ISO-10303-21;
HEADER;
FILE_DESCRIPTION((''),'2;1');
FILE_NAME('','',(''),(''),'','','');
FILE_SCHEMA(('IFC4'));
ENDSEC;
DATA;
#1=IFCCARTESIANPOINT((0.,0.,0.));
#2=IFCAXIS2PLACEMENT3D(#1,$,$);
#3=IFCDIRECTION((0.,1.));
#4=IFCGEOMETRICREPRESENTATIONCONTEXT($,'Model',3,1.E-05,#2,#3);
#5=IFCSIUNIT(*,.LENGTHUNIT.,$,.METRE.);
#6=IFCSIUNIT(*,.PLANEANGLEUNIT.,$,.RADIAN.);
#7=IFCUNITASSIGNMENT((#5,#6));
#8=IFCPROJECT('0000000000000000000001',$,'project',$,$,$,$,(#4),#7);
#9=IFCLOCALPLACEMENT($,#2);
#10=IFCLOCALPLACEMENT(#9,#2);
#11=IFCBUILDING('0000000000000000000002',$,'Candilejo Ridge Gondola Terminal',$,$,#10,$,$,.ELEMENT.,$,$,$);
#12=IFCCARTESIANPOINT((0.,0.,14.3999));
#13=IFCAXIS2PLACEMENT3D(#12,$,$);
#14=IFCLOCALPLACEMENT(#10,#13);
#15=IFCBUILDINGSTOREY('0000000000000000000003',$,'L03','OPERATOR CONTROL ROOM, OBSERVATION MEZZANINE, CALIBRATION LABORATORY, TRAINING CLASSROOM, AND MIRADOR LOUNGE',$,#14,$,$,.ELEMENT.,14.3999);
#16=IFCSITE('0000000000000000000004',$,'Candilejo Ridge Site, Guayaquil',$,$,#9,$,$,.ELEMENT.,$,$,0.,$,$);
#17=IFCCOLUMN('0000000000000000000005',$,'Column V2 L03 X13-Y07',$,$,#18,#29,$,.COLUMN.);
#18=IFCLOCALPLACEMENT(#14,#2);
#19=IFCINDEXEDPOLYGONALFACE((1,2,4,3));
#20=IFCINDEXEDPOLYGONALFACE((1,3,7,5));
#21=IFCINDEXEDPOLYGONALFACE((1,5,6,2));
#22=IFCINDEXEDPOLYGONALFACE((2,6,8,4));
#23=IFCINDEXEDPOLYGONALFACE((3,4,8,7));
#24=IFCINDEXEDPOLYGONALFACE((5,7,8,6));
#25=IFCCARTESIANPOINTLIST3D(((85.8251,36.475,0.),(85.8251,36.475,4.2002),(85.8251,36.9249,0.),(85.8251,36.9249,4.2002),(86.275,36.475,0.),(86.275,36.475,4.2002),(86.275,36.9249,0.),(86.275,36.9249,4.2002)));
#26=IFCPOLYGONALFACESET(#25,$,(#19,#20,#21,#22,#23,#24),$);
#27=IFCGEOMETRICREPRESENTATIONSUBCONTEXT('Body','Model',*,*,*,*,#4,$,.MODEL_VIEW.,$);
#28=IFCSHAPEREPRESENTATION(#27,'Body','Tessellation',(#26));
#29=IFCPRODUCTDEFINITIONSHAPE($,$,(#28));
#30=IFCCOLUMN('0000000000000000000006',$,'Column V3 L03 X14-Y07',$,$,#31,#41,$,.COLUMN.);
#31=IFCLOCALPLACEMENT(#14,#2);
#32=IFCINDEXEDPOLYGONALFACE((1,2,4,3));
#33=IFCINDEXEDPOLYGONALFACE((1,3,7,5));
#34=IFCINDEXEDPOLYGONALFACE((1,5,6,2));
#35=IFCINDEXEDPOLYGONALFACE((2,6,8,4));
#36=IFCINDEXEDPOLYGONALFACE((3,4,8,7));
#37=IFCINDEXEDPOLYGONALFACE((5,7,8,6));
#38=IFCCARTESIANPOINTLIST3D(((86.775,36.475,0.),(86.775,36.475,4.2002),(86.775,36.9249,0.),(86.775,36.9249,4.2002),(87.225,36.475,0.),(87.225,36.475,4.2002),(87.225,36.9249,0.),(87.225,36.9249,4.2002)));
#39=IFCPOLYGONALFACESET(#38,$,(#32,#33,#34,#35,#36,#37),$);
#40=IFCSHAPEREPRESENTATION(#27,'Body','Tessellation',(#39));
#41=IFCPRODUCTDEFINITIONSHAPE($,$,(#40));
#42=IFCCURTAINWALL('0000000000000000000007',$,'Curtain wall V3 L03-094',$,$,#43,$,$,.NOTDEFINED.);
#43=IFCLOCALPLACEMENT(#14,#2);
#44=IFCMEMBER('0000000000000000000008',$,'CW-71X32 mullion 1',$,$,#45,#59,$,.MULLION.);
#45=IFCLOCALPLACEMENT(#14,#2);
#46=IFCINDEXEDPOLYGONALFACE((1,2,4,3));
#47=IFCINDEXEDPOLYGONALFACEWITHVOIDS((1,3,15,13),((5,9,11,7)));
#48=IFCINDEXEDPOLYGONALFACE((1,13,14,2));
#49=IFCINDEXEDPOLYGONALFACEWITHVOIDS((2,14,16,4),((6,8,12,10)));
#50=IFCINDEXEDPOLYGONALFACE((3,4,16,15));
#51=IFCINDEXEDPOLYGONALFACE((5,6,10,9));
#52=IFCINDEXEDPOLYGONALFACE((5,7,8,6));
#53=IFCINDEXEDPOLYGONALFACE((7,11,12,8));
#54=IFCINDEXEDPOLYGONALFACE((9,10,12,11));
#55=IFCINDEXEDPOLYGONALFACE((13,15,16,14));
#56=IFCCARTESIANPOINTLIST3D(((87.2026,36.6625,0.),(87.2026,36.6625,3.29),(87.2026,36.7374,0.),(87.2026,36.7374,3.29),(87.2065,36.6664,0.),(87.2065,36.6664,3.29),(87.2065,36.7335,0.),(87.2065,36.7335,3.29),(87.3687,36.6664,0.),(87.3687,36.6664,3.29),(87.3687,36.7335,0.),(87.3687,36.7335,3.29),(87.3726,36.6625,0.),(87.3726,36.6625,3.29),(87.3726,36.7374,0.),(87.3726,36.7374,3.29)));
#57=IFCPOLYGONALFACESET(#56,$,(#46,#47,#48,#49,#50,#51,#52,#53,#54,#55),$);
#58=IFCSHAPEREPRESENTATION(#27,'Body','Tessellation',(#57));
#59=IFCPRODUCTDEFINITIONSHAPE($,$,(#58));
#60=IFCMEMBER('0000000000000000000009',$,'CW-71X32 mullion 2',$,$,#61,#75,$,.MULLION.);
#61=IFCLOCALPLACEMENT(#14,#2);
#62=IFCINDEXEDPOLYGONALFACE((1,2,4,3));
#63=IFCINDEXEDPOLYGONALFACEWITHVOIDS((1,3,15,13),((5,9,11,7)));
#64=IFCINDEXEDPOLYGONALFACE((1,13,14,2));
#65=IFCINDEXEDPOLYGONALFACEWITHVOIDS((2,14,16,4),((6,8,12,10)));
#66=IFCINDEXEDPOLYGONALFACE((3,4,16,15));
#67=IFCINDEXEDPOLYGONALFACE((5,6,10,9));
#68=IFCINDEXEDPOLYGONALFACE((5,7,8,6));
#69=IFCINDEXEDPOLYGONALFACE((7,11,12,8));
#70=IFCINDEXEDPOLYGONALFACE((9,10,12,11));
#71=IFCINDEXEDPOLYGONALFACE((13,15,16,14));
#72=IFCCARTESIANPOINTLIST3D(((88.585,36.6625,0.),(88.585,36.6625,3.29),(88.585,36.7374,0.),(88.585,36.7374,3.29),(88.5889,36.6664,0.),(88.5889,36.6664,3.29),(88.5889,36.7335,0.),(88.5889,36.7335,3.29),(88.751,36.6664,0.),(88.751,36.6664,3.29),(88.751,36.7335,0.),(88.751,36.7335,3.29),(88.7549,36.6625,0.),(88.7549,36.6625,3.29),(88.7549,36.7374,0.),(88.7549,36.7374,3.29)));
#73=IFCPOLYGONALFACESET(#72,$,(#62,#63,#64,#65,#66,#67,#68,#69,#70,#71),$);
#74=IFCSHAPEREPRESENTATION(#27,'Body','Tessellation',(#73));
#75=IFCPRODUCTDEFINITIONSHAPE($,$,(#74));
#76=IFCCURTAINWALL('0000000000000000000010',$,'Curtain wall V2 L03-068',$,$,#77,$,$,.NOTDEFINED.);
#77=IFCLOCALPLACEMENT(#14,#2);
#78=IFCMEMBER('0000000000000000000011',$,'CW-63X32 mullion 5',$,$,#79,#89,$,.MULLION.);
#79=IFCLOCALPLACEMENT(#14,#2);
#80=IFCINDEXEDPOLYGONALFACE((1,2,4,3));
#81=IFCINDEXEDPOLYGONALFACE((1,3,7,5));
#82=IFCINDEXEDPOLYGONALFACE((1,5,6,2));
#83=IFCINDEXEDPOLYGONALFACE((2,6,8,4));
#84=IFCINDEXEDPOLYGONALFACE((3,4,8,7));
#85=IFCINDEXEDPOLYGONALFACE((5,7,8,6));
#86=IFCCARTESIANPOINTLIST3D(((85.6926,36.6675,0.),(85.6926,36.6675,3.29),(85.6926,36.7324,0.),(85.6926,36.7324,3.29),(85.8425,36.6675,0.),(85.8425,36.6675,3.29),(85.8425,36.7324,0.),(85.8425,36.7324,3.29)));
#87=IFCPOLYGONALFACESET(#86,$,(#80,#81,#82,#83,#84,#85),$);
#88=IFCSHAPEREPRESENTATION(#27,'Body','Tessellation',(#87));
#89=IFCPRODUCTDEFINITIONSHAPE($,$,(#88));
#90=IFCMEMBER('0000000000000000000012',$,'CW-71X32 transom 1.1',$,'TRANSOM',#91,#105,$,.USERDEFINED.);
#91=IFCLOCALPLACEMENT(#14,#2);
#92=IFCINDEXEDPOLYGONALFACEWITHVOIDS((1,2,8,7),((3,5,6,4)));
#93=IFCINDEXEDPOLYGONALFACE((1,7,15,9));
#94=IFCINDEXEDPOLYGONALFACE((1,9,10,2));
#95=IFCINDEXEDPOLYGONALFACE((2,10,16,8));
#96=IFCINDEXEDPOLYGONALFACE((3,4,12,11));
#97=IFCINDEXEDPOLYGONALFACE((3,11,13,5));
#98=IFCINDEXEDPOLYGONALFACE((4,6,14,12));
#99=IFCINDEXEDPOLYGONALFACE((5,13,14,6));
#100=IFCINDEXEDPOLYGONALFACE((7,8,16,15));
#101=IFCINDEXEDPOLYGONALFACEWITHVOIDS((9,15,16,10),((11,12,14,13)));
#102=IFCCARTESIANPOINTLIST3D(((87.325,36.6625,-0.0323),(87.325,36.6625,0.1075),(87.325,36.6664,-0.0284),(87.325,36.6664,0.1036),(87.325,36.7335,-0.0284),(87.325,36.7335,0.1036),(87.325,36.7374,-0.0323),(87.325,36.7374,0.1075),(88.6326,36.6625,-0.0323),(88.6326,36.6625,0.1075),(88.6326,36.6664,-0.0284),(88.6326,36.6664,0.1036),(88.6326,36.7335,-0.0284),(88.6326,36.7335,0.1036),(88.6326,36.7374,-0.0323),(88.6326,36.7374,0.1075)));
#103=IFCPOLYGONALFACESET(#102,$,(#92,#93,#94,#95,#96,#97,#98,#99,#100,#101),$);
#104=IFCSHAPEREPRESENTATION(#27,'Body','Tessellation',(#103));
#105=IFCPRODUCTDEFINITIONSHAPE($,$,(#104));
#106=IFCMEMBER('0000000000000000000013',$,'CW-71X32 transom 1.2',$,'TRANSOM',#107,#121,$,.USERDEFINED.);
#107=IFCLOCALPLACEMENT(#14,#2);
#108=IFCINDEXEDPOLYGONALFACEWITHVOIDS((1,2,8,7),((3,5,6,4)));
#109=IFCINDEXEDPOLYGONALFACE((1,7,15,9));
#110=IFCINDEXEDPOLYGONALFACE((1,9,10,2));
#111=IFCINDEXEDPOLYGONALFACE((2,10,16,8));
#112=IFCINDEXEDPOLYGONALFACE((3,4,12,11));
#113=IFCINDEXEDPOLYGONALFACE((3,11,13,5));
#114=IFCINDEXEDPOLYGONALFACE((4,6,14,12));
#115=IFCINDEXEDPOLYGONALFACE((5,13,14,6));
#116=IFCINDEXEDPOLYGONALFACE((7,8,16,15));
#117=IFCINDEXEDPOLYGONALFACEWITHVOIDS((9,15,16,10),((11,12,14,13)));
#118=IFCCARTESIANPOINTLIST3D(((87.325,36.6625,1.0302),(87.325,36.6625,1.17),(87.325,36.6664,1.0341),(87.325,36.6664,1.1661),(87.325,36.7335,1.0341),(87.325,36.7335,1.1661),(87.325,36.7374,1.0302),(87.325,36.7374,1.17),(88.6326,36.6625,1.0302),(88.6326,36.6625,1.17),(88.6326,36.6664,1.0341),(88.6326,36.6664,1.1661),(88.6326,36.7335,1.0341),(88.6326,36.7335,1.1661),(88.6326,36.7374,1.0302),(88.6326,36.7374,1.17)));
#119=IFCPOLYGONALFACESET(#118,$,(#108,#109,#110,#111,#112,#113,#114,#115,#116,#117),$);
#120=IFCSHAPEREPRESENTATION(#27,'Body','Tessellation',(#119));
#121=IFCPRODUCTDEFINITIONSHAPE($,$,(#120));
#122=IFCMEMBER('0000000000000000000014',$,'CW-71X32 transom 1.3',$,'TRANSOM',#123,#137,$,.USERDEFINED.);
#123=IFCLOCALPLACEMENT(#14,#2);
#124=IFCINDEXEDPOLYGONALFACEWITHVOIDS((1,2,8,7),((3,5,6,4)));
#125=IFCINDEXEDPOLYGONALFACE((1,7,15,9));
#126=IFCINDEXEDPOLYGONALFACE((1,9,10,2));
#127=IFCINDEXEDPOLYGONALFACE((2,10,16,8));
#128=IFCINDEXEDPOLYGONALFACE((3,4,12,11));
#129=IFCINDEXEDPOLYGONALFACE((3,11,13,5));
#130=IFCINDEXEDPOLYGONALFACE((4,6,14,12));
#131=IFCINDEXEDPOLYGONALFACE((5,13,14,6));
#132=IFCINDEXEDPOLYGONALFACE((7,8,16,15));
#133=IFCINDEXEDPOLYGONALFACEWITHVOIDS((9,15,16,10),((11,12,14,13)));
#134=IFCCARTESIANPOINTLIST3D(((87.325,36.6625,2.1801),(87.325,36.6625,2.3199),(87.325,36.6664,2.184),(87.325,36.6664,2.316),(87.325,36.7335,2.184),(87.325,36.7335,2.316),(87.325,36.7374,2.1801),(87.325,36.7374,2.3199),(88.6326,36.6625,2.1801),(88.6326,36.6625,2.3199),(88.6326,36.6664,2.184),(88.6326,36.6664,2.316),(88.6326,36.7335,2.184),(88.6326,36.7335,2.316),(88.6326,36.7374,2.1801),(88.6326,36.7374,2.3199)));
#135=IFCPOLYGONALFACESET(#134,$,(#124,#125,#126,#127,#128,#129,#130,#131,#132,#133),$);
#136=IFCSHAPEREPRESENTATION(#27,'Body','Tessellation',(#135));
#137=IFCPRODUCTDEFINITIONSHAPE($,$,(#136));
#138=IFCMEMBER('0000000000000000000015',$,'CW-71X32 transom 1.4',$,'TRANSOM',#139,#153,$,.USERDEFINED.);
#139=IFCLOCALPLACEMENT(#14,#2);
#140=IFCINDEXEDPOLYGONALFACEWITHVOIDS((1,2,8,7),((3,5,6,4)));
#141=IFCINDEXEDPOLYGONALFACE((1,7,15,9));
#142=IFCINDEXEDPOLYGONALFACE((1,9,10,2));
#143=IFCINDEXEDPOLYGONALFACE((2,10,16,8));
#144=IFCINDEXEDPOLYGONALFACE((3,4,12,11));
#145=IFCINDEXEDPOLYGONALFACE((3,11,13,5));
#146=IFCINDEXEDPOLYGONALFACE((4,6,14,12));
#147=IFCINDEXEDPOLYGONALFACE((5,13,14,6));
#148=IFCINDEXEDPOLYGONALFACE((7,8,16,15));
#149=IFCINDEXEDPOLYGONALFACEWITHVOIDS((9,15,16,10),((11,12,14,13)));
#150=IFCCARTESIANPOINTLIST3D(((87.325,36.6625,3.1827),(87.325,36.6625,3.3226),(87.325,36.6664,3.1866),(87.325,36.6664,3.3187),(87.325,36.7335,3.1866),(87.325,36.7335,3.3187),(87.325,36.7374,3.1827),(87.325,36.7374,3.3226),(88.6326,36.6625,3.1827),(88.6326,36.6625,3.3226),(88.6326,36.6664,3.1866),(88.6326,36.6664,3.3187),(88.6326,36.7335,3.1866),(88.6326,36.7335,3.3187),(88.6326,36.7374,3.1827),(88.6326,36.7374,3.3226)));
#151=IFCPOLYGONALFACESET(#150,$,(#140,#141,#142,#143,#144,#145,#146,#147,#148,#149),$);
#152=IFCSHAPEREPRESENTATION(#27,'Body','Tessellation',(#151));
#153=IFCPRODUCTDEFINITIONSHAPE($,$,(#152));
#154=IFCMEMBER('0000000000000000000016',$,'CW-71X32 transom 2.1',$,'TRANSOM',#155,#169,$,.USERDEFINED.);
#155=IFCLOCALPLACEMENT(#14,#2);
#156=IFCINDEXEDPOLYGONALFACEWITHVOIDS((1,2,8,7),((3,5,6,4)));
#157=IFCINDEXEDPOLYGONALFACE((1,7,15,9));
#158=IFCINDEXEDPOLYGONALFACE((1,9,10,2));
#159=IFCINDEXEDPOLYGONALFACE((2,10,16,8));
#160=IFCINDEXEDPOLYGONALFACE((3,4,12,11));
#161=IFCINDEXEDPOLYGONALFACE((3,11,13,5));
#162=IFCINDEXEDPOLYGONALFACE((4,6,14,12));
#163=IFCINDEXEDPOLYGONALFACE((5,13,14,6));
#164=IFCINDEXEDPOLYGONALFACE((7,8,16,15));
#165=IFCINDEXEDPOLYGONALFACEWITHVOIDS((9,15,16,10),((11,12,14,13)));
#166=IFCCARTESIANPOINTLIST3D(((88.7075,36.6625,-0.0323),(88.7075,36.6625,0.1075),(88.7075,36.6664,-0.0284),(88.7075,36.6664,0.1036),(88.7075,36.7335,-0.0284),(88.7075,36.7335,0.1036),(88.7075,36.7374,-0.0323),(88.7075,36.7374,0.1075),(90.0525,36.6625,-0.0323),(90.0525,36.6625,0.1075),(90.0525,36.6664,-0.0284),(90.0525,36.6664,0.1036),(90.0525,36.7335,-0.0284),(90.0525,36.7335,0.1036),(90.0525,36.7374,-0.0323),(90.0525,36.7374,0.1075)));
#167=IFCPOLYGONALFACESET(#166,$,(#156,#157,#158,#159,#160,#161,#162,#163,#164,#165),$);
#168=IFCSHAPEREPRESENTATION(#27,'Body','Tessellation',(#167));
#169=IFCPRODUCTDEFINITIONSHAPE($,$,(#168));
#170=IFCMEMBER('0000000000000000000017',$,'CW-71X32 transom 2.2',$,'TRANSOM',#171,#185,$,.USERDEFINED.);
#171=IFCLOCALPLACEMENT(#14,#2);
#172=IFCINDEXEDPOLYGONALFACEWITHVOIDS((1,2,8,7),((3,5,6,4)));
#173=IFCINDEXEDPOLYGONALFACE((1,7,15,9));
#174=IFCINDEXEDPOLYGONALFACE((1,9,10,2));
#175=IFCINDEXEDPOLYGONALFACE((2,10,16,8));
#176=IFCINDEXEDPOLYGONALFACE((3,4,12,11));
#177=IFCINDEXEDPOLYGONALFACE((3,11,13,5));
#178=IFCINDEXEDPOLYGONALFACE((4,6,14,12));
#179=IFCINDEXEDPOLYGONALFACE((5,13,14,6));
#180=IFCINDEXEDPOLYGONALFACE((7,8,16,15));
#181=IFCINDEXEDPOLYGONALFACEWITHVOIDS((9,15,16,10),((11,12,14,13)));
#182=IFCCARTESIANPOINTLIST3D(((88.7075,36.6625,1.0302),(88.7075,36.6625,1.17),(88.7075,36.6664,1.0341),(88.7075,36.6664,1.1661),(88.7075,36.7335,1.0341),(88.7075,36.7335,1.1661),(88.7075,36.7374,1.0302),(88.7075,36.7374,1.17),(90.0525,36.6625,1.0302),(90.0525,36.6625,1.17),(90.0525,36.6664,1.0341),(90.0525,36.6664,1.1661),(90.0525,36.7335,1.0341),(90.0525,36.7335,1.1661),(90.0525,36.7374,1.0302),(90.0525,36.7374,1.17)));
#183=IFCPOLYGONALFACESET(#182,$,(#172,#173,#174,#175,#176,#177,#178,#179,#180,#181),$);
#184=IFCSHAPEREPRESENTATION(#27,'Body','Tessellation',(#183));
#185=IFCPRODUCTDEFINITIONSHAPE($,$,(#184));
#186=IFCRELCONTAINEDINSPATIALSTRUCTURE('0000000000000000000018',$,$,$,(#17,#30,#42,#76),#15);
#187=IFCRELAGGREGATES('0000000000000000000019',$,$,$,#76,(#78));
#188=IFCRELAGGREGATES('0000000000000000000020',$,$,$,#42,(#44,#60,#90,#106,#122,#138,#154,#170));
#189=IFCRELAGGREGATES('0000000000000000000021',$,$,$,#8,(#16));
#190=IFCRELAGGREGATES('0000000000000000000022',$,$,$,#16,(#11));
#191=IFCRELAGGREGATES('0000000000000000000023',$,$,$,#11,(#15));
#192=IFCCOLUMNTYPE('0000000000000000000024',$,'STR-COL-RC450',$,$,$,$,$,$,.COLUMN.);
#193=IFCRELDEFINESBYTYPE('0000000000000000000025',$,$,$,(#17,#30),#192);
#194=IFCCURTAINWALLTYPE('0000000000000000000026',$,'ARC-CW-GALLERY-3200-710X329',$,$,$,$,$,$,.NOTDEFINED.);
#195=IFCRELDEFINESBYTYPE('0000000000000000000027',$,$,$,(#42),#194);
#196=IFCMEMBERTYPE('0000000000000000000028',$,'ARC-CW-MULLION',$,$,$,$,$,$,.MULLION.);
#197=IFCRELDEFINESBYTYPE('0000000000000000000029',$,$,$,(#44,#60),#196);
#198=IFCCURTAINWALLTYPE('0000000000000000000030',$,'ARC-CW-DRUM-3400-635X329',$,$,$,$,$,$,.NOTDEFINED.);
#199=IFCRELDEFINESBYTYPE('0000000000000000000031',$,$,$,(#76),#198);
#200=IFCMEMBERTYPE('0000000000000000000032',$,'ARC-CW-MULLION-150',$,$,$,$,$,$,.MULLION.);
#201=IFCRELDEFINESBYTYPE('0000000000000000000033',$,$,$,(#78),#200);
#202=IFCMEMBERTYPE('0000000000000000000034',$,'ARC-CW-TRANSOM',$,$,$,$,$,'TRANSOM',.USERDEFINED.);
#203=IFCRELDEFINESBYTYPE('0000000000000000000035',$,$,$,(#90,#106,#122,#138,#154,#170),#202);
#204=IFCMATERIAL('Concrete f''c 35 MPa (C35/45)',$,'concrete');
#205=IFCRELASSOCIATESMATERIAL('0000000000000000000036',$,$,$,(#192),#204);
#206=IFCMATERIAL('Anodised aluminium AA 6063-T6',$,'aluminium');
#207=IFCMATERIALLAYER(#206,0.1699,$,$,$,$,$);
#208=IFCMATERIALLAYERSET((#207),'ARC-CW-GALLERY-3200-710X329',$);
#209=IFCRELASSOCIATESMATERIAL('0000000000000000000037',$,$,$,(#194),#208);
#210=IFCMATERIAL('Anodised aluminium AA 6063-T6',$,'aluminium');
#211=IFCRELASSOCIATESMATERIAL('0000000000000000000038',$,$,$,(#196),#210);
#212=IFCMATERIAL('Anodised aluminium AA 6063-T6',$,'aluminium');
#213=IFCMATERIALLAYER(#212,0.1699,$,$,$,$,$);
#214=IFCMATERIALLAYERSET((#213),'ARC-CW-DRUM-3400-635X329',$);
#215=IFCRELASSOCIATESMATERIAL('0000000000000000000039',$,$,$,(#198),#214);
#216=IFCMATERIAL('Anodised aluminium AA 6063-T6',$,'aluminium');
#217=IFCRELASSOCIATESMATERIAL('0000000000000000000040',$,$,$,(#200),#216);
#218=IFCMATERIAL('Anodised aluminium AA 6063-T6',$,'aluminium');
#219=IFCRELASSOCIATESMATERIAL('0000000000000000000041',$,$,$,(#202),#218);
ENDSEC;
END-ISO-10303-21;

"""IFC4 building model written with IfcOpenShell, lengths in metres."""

from ifc_helpers import new_model, si_unit, direction, frame, origin, origin_2d, place, context, subcontext, project, spatial, rectangle, hollow_rectangle, extrude, material, layer, layer_set, material_profile, profile_set, type_object, element, aggregate, save


model = new_model("IFC4")

# Units and contexts
model_context = context("Model", 3, precision=1e-05, world=origin(), true_north=direction((0.0, 1.0)))
body_context = subcontext(model_context, "Body", "Model", "MODEL_VIEW")
ifc_project = project(units=[si_unit("LENGTHUNIT", "METRE"), si_unit("PLANEANGLEUNIT", "RADIAN")], contexts=[model_context])

# Site, building, storey
site_placement = place(None, origin())
site = spatial("IfcSite", under=ifc_project, at=site_placement, Name="Candilejo Ridge Site, Guayaquil", CompositionType="ELEMENT", RefElevation=0.0)
building_placement = place(site_placement, origin())
building = spatial("IfcBuilding", under=site, at=building_placement, Name="Candilejo Ridge Gondola Terminal", CompositionType="ELEMENT")
storey_placement = place(building_placement, frame((0.0, 0.0, 14.3999)))
storey = spatial("IfcBuildingStorey", under=building, at=storey_placement, Name="L03", Description="OPERATOR CONTROL ROOM, OBSERVATION MEZZANINE, CALIBRATION LABORATORY, TRAINING CLASSROOM, AND MIRADOR LOUNGE", CompositionType="ELEMENT", Elevation=14.3999)

# Columns
ifc_material_1 = material(Name="Concrete f'c 35 MPa (C35/45)", Category="concrete")
ifc_material_profile_1 = material_profile(ifc_material_1, rectangle(XDim=0.45, YDim=0.45, at=origin_2d()))
ifc_profile_set_1 = profile_set([ifc_material_profile_1], Name="Concrete f'c 35 MPa (C35/45)")
column_type = type_object("IfcColumnType", Name="STR-COL-RC450", PredefinedType="COLUMN", material=ifc_profile_set_1)
for number, where, z_axis, x_axis, name in (
    (1, (86.05, 36.7, 0.0), (0.0, 0.0, 1.0), (1.0, 0.0, 0.0), "Column V2 L03 X13-Y07"),
    (2, (87.0, 36.7, 0.0), (0.0, 0.0, 1.0), (1.0, 0.0, 0.0), "Column V3 L03 X14-Y07"),
):
    element("IfcColumn", number, at=place(storey_placement, frame(where, z_axis=z_axis, x_axis=x_axis)), inside=storey, type_object=column_type, Name=name, PredefinedType="COLUMN", context=body_context, shape_type="SweptSolid", body=[
        extrude(rectangle(XDim=0.45, YDim=0.45, at=origin_2d()), origin(), (0.0, 0.0, 1.0), 4.2002),
    ])

# Curtain wall, members
ifc_material_2 = material(Name="Anodised aluminium AA 6063-T6", Category="aluminium")
ifc_layer_1 = layer(ifc_material_2, 0.1699)
ifc_layer_set_1 = layer_set([ifc_layer_1], Name="ARC-CW-GALLERY-3200-710X329")
curtain_wall_type_1 = type_object("IfcCurtainWallType", Name="ARC-CW-GALLERY-3200-710X329", PredefinedType="NOTDEFINED", material=ifc_layer_set_1)
curtain_wall_1_placement = place(storey_placement, origin())
curtain_wall_1 = element("IfcCurtainWall", 3, at=curtain_wall_1_placement, inside=storey, type_object=curtain_wall_type_1, Name="Curtain wall V3 L03-094", PredefinedType="NOTDEFINED")
ifc_material_3 = material(Name="Anodised aluminium AA 6063-T6", Category="aluminium")
ifc_material_profile_2 = material_profile(ifc_material_3, hollow_rectangle(XDim=0.075, YDim=0.1699, WallThickness=0.0039, at=origin_2d()))
ifc_profile_set_2 = profile_set([ifc_material_profile_2], Name="Anodised aluminium AA 6063-T6")
member_type_1 = type_object("IfcMemberType", Name="ARC-CW-MULLION", PredefinedType="MULLION", material=ifc_profile_set_2)
member_1_placement = place(storey_placement, frame((87.2876, 36.7, 0.0), z_axis=(0.0, 0.0, 1.0), x_axis=(0.0, 1.0, 0.0)))
member_1 = element("IfcMember", 4, at=member_1_placement, type_object=member_type_1, Name="CW-71X32 mullion 1", PredefinedType="MULLION", context=body_context, shape_type="SweptSolid", body=[
    extrude(hollow_rectangle(XDim=0.075, YDim=0.1699, WallThickness=0.0039, at=origin_2d()), origin(), (0.0, 0.0, 1.0), 3.29),
])
member_2_placement = place(storey_placement, frame((88.6699, 36.7, 0.0), z_axis=(0.0, 0.0, 1.0), x_axis=(0.0, 1.0, 0.0)))
member_2 = element("IfcMember", 5, at=member_2_placement, type_object=member_type_1, Name="CW-71X32 mullion 2", PredefinedType="MULLION", context=body_context, shape_type="SweptSolid", body=[
    extrude(hollow_rectangle(XDim=0.075, YDim=0.1699, WallThickness=0.0039, at=origin_2d()), origin(), (0.0, 0.0, 1.0), 3.29),
])

# Curtain wall, member
ifc_material_4 = material(Name="Anodised aluminium AA 6063-T6", Category="aluminium")
ifc_layer_2 = layer(ifc_material_4, 0.1699)
ifc_layer_set_2 = layer_set([ifc_layer_2], Name="ARC-CW-DRUM-3400-635X329")
curtain_wall_type_2 = type_object("IfcCurtainWallType", Name="ARC-CW-DRUM-3400-635X329", PredefinedType="NOTDEFINED", material=ifc_layer_set_2)
curtain_wall_2_placement = place(storey_placement, origin())
curtain_wall_2 = element("IfcCurtainWall", 6, at=curtain_wall_2_placement, inside=storey, type_object=curtain_wall_type_2, Name="Curtain wall V2 L03-068", PredefinedType="NOTDEFINED")
ifc_material_5 = material(Name="Anodised aluminium AA 6063-T6", Category="aluminium")
ifc_material_profile_3 = material_profile(ifc_material_5, rectangle(XDim=0.0649, YDim=0.1499, at=origin_2d()))
ifc_profile_set_3 = profile_set([ifc_material_profile_3], Name="Anodised aluminium AA 6063-T6")
member_type_2 = type_object("IfcMemberType", Name="ARC-CW-MULLION-150", PredefinedType="MULLION", material=ifc_profile_set_3)
member_3_placement = place(storey_placement, frame((85.7676, 36.7, 0.0), z_axis=(0.0, 0.0, 1.0), x_axis=(0.0, 1.0, 0.0)))
member_3 = element("IfcMember", 7, at=member_3_placement, type_object=member_type_2, Name="CW-63X32 mullion 5", PredefinedType="MULLION", context=body_context, shape_type="SweptSolid", body=[
    extrude(rectangle(XDim=0.0649, YDim=0.1499, at=origin_2d()), origin(), (0.0, 0.0, 1.0), 3.29),
])
aggregate(curtain_wall_2, [member_3])

# Members
ifc_material_6 = material(Name="Anodised aluminium AA 6063-T6", Category="aluminium")
ifc_material_profile_4 = material_profile(ifc_material_6, hollow_rectangle(XDim=0.075, YDim=0.1399, WallThickness=0.0039, at=origin_2d()))
ifc_profile_set_4 = profile_set([ifc_material_profile_4], Name="Anodised aluminium AA 6063-T6")
member_type_3 = type_object("IfcMemberType", Name="ARC-CW-TRANSOM", ElementType="TRANSOM", PredefinedType="USERDEFINED", material=ifc_profile_set_4)
member_4_placement = place(storey_placement, frame((87.325, 36.7, 0.0376), z_axis=(1.0, 0.0, 0.0), x_axis=(0.0, 1.0, 0.0)))
member_4 = element("IfcMember", 8, at=member_4_placement, type_object=member_type_3, Name="CW-71X32 transom 1.1", ObjectType="TRANSOM", PredefinedType="USERDEFINED", context=body_context, shape_type="SweptSolid", body=[
    extrude(hollow_rectangle(XDim=0.075, YDim=0.1399, WallThickness=0.0039, at=origin_2d()), origin(), (0.0, 0.0, 1.0), 1.3076),
])
member_5_placement = place(storey_placement, frame((87.325, 36.7, 1.1001), z_axis=(1.0, 0.0, 0.0), x_axis=(0.0, 1.0, 0.0)))
member_5 = element("IfcMember", 9, at=member_5_placement, type_object=member_type_3, Name="CW-71X32 transom 1.2", ObjectType="TRANSOM", PredefinedType="USERDEFINED", context=body_context, shape_type="SweptSolid", body=[
    extrude(hollow_rectangle(XDim=0.075, YDim=0.1399, WallThickness=0.0039, at=origin_2d()), origin(), (0.0, 0.0, 1.0), 1.3076),
])
member_6_placement = place(storey_placement, frame((87.325, 36.7, 2.25), z_axis=(1.0, 0.0, 0.0), x_axis=(0.0, 1.0, 0.0)))
member_6 = element("IfcMember", 10, at=member_6_placement, type_object=member_type_3, Name="CW-71X32 transom 1.3", ObjectType="TRANSOM", PredefinedType="USERDEFINED", context=body_context, shape_type="SweptSolid", body=[
    extrude(hollow_rectangle(XDim=0.075, YDim=0.1399, WallThickness=0.0039, at=origin_2d()), origin(), (0.0, 0.0, 1.0), 1.3076),
])
member_7_placement = place(storey_placement, frame((87.325, 36.7, 3.2527), z_axis=(1.0, 0.0, 0.0), x_axis=(0.0, 1.0, 0.0)))
member_7 = element("IfcMember", 11, at=member_7_placement, type_object=member_type_3, Name="CW-71X32 transom 1.4", ObjectType="TRANSOM", PredefinedType="USERDEFINED", context=body_context, shape_type="SweptSolid", body=[
    extrude(hollow_rectangle(XDim=0.075, YDim=0.1399, WallThickness=0.0039, at=origin_2d()), origin(), (0.0, 0.0, 1.0), 1.3076),
])
member_8_placement = place(storey_placement, frame((88.7075, 36.7, 0.0376), z_axis=(1.0, 0.0, 0.0), x_axis=(0.0, 1.0, 0.0)))
member_8 = element("IfcMember", 12, at=member_8_placement, type_object=member_type_3, Name="CW-71X32 transom 2.1", ObjectType="TRANSOM", PredefinedType="USERDEFINED", context=body_context, shape_type="SweptSolid", body=[
    extrude(hollow_rectangle(XDim=0.075, YDim=0.1399, WallThickness=0.0039, at=origin_2d()), origin(), (0.0, 0.0, 1.0), 1.345),
])
member_9_placement = place(storey_placement, frame((88.7075, 36.7, 1.1001), z_axis=(1.0, 0.0, 0.0), x_axis=(0.0, 1.0, 0.0)))
member_9 = element("IfcMember", 13, at=member_9_placement, type_object=member_type_3, Name="CW-71X32 transom 2.2", ObjectType="TRANSOM", PredefinedType="USERDEFINED", context=body_context, shape_type="SweptSolid", body=[
    extrude(hollow_rectangle(XDim=0.075, YDim=0.1399, WallThickness=0.0039, at=origin_2d()), origin(), (0.0, 0.0, 1.0), 1.345),
])

aggregate(curtain_wall_1, [member_1, member_2, member_4, member_5, member_6, member_7, member_8, member_9])

save(model, "model.ifc")
